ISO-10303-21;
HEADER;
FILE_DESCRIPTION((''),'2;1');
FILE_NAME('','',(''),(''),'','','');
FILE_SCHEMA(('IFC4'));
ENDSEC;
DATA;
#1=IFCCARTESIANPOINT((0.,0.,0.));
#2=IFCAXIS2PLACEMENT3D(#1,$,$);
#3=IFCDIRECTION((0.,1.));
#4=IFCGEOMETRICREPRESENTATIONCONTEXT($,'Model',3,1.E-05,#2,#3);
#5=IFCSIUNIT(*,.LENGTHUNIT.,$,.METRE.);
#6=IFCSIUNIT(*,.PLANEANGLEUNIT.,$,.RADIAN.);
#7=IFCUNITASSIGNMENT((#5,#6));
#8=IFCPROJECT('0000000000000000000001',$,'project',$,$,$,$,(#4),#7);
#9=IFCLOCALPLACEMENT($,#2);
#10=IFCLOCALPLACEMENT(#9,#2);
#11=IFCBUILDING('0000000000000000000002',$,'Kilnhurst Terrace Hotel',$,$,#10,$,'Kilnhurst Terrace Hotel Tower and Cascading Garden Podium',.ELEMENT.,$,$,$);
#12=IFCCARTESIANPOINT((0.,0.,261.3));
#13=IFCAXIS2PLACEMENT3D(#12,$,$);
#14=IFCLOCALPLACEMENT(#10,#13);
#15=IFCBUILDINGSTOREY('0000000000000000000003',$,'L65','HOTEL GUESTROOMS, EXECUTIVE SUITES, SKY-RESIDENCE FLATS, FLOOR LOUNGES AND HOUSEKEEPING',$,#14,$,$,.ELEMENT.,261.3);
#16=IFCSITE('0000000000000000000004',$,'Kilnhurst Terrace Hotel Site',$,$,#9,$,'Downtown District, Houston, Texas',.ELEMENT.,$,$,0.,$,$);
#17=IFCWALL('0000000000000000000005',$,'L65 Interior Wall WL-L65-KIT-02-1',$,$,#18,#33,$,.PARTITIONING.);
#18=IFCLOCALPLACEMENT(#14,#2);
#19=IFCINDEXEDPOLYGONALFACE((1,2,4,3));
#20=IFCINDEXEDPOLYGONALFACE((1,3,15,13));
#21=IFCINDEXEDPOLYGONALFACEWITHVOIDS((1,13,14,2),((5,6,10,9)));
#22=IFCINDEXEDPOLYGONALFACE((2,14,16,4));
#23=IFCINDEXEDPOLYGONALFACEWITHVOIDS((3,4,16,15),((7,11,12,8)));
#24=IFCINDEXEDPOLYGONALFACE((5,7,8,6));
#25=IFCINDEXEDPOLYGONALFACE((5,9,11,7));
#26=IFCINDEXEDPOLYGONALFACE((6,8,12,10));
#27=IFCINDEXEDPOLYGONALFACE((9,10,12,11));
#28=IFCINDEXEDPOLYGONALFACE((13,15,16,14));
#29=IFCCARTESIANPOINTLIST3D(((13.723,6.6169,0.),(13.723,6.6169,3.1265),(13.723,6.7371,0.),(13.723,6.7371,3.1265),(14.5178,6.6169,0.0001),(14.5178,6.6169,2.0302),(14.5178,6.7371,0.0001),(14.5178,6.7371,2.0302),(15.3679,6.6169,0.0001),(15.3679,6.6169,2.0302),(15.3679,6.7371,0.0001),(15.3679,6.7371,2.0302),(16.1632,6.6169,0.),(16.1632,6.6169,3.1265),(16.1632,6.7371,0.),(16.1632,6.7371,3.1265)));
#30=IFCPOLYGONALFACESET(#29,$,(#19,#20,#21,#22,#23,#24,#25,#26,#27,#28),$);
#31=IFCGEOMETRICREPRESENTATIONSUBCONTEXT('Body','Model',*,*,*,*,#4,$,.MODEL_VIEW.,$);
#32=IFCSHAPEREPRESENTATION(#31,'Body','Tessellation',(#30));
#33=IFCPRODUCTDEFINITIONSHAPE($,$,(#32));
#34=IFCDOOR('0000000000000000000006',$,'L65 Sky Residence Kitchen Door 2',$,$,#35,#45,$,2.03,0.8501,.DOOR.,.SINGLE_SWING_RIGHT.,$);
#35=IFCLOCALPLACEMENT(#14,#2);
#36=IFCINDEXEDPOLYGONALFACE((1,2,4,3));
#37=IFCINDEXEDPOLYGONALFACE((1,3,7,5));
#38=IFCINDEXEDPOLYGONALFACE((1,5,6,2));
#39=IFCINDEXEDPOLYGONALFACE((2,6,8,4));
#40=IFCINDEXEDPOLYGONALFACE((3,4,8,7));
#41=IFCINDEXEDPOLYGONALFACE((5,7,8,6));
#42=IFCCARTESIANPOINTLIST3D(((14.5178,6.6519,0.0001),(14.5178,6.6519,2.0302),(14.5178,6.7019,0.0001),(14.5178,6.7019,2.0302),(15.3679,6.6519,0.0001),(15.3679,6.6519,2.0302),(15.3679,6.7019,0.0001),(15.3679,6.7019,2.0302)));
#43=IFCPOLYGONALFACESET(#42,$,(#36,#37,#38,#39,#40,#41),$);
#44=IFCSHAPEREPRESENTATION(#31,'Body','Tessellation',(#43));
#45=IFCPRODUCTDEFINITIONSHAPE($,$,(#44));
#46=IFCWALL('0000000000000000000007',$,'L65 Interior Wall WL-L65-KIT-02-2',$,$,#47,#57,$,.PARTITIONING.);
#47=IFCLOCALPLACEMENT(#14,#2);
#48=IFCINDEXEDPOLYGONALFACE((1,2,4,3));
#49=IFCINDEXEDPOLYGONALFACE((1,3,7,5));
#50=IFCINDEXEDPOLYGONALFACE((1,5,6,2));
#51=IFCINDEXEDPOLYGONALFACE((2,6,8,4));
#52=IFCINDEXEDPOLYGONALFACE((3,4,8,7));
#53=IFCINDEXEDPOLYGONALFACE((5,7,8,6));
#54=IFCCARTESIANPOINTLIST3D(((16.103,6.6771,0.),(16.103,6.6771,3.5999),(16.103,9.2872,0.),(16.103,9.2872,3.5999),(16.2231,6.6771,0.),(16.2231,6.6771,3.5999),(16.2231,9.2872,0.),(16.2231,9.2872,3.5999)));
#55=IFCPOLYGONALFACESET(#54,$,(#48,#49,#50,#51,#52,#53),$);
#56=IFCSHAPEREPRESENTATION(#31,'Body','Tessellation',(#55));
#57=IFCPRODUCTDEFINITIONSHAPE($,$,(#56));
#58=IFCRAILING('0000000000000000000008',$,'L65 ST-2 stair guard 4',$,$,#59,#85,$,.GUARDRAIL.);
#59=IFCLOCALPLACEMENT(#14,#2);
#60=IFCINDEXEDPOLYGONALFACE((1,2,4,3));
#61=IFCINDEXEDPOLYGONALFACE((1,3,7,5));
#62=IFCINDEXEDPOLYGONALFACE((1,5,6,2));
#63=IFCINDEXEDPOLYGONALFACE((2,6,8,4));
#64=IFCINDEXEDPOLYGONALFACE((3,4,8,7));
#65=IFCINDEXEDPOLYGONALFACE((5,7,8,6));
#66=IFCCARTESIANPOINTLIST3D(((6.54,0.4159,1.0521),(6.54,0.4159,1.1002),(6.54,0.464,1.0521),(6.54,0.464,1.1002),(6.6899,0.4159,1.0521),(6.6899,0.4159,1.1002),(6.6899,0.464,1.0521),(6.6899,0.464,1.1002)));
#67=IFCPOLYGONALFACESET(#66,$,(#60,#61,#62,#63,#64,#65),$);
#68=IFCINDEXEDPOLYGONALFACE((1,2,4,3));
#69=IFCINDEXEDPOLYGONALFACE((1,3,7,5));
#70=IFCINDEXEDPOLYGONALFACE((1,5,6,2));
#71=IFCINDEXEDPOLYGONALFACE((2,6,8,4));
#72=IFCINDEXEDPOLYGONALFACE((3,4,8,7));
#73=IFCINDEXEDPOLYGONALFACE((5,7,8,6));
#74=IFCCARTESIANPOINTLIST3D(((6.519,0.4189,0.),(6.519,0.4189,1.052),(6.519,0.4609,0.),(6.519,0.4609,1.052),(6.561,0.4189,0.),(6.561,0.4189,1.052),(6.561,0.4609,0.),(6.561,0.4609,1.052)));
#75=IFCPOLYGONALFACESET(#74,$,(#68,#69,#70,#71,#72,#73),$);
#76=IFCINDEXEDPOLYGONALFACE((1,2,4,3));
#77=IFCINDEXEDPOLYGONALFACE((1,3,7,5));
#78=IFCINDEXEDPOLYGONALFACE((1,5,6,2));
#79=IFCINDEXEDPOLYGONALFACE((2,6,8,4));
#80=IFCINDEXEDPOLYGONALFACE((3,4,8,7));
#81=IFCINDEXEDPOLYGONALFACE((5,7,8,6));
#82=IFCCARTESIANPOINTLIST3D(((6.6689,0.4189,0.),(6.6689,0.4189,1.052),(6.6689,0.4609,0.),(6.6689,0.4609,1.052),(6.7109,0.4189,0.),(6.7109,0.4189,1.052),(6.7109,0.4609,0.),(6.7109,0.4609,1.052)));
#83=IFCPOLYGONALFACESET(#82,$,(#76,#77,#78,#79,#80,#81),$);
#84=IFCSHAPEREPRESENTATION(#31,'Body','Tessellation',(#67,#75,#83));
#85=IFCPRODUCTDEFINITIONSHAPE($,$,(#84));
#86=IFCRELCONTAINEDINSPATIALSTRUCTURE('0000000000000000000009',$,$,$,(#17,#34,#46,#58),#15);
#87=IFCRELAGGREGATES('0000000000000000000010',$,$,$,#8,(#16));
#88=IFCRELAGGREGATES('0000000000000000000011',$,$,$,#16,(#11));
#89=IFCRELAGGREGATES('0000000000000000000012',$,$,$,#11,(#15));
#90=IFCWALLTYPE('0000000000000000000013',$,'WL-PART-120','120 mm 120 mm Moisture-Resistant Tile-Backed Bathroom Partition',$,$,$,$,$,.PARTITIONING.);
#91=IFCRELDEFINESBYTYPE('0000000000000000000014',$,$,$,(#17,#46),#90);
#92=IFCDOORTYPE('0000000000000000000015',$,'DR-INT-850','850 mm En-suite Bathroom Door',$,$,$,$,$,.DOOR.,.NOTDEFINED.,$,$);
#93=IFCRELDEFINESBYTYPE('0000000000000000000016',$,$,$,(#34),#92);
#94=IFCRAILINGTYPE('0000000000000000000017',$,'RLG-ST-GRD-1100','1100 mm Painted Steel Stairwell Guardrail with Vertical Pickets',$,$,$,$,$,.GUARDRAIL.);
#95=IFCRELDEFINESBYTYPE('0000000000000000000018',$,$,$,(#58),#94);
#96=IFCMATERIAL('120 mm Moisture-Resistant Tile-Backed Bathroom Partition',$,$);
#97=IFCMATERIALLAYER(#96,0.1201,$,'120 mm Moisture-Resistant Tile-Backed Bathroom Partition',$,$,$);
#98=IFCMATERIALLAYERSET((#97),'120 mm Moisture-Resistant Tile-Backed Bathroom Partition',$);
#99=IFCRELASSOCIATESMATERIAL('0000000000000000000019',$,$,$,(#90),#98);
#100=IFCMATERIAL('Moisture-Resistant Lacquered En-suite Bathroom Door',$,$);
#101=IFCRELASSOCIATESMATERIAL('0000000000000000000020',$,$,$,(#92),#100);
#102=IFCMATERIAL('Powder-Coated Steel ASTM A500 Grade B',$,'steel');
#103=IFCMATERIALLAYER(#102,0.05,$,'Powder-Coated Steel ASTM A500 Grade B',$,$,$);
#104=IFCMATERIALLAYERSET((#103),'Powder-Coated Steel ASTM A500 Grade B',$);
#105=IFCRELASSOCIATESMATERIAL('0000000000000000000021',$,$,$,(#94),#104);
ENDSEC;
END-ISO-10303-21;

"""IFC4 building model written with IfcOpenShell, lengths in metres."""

from ifc_helpers import new_model, si_unit, direction, frame, frame_2d, origin, origin_2d, place, context, subcontext, project, spatial, rectangle, extrude, material, layer, layer_set, type_object, element, fill, save


model = new_model("IFC4")

# Units and contexts
model_context = context("Model", 3, precision=1e-05, world=origin(), true_north=direction((0.0, 1.0)))
body_context = subcontext(model_context, "Body", "Model", "MODEL_VIEW")
ifc_project = project(units=[si_unit("LENGTHUNIT", "METRE"), si_unit("PLANEANGLEUNIT", "RADIAN")], contexts=[model_context])

# Site, building, storey
site_placement = place(None, origin())
site = spatial("IfcSite", under=ifc_project, at=site_placement, Name="Kilnhurst Terrace Hotel Site", LongName="Downtown District, Houston, Texas", CompositionType="ELEMENT", RefElevation=0.0)
building_placement = place(site_placement, origin())
building = spatial("IfcBuilding", under=site, at=building_placement, Name="Kilnhurst Terrace Hotel", LongName="Kilnhurst Terrace Hotel Tower and Cascading Garden Podium", CompositionType="ELEMENT")
storey_placement = place(building_placement, frame((0.0, 0.0, 261.3)))
storey = spatial("IfcBuildingStorey", under=building, at=storey_placement, Name="L65", Description="HOTEL GUESTROOMS, EXECUTIVE SUITES, SKY-RESIDENCE FLATS, FLOOR LOUNGES AND HOUSEKEEPING", CompositionType="ELEMENT", Elevation=261.3)

# Shared definitions
ifc_material_1 = material(Name="120 mm Moisture-Resistant Tile-Backed Bathroom Partition")
ifc_layer_1 = layer(ifc_material_1, 0.1201, Name="120 mm Moisture-Resistant Tile-Backed Bathroom Partition")
ifc_layer_set_1 = layer_set([ifc_layer_1], Name="120 mm Moisture-Resistant Tile-Backed Bathroom Partition")
wall_type_1 = type_object("IfcWallType", Name="WL-PART-120", Description="120 mm 120 mm Moisture-Resistant Tile-Backed Bathroom Partition", PredefinedType="PARTITIONING", material=ifc_layer_set_1)
ifc_material_2 = material(Name="Moisture-Resistant Lacquered En-suite Bathroom Door")
door_type = type_object("IfcDoorType", Name="DR-INT-850", Description="850 mm En-suite Bathroom Door", OperationType="NOTDEFINED", PredefinedType="DOOR", material=ifc_material_2)

# Wall, opening, door
wall_1_placement = place(storey_placement, frame((13.7229, 6.677, 0.0), z_axis=(0.0, 0.0, 1.0), x_axis=(1.0, 0.0, 0.0)))
wall_1 = element("IfcWall", 1, at=wall_1_placement, inside=storey, type_object=wall_type_1, Name="L65 Interior Wall WL-L65-KIT-02-1", PredefinedType="PARTITIONING", context=body_context, shape_type="SweptSolid", body=[
    extrude(rectangle(XDim=2.4402, YDim=0.1201, at=frame_2d((1.2202, 0.0))), origin(), (0.0, 0.0, 1.0), 3.1265),
])
opening_1_placement = place(wall_1_placement, frame((0.7949, 0.0, 0.0)))
opening_1 = element("IfcOpeningElement", 2, at=opening_1_placement, cuts=wall_1, PredefinedType="OPENING", context=body_context, shape_type="SweptSolid", body=[
    extrude(rectangle(XDim=0.8501, YDim=2.03, at=frame_2d((0.425, 1.0151))), frame((0.0, 0.0701, 0.0), z_axis=(0.0, -1.0, 0.0), x_axis=(1.0, 0.0, 0.0)), (0.0, 0.0, 1.0), 0.1401),
])
door_1_placement = place(opening_1_placement, origin())
door_1 = element("IfcDoor", 3, at=door_1_placement, inside=storey, type_object=door_type, Name="L65 Sky Residence Kitchen Door 2", OperationType="SINGLE_SWING_RIGHT", OverallHeight=2.03, OverallWidth=0.8501, PredefinedType="DOOR", context=body_context, shape_type="SweptSolid", body=[
    extrude(rectangle(XDim=0.8501, YDim=2.03, at=frame_2d((0.425, 1.0151))), frame((0.0, 0.0249, 0.0), z_axis=(0.0, -1.0, 0.0), x_axis=(1.0, 0.0, 0.0)), (0.0, 0.0, 1.0), 0.05),
])
fill(opening_1, door_1)

# Wall
wall_2_placement = place(storey_placement, frame((16.1631, 6.677, 0.0), z_axis=(0.0, 0.0, 1.0), x_axis=(0.0, 1.0, 0.0)))
element("IfcWall", 4, at=wall_2_placement, inside=storey, type_object=wall_type_1, Name="L65 Interior Wall WL-L65-KIT-02-2", PredefinedType="PARTITIONING", context=body_context, shape_type="SweptSolid", body=[
    extrude(rectangle(XDim=2.6101, YDim=0.1201, at=frame_2d((1.3052, 0.0))), origin(), (0.0, 0.0, 1.0), 3.5999),
])

# Railing
ifc_material_3 = material(Name="Powder-Coated Steel ASTM A500 Grade B", Category="steel")
ifc_layer_2 = layer(ifc_material_3, 0.05, Name="Powder-Coated Steel ASTM A500 Grade B")
ifc_layer_set_2 = layer_set([ifc_layer_2], Name="Powder-Coated Steel ASTM A500 Grade B")
railing_type = type_object("IfcRailingType", Name="RLG-ST-GRD-1100", Description="1100 mm Painted Steel Stairwell Guardrail with Vertical Pickets", PredefinedType="GUARDRAIL", material=ifc_layer_set_2)
railing_placement = place(storey_placement, frame((6.54, 0.4399, 0.0)))
element("IfcRailing", 5, at=railing_placement, inside=storey, type_object=railing_type, Name="L65 ST-2 stair guard 4", PredefinedType="GUARDRAIL", context=body_context, shape_type="SweptSolid", body=[
    extrude(rectangle(XDim=0.0481, YDim=0.0481, at=origin_2d()), frame((0.0, 0.0, 1.0762), z_axis=(1.0, 0.0, 0.0), x_axis=(0.0, 1.0, 0.0)), (0.0, 0.0, 1.0), 0.1499),
    extrude(rectangle(XDim=0.042, YDim=0.042, at=origin_2d()), origin(), (0.0, 0.0, 1.0), 1.052),
    extrude(rectangle(XDim=0.042, YDim=0.042, at=origin_2d()), frame((0.1499, 0.0, 0.0)), (0.0, 0.0, 1.0), 1.052),
])

save(model, "model.ifc")
